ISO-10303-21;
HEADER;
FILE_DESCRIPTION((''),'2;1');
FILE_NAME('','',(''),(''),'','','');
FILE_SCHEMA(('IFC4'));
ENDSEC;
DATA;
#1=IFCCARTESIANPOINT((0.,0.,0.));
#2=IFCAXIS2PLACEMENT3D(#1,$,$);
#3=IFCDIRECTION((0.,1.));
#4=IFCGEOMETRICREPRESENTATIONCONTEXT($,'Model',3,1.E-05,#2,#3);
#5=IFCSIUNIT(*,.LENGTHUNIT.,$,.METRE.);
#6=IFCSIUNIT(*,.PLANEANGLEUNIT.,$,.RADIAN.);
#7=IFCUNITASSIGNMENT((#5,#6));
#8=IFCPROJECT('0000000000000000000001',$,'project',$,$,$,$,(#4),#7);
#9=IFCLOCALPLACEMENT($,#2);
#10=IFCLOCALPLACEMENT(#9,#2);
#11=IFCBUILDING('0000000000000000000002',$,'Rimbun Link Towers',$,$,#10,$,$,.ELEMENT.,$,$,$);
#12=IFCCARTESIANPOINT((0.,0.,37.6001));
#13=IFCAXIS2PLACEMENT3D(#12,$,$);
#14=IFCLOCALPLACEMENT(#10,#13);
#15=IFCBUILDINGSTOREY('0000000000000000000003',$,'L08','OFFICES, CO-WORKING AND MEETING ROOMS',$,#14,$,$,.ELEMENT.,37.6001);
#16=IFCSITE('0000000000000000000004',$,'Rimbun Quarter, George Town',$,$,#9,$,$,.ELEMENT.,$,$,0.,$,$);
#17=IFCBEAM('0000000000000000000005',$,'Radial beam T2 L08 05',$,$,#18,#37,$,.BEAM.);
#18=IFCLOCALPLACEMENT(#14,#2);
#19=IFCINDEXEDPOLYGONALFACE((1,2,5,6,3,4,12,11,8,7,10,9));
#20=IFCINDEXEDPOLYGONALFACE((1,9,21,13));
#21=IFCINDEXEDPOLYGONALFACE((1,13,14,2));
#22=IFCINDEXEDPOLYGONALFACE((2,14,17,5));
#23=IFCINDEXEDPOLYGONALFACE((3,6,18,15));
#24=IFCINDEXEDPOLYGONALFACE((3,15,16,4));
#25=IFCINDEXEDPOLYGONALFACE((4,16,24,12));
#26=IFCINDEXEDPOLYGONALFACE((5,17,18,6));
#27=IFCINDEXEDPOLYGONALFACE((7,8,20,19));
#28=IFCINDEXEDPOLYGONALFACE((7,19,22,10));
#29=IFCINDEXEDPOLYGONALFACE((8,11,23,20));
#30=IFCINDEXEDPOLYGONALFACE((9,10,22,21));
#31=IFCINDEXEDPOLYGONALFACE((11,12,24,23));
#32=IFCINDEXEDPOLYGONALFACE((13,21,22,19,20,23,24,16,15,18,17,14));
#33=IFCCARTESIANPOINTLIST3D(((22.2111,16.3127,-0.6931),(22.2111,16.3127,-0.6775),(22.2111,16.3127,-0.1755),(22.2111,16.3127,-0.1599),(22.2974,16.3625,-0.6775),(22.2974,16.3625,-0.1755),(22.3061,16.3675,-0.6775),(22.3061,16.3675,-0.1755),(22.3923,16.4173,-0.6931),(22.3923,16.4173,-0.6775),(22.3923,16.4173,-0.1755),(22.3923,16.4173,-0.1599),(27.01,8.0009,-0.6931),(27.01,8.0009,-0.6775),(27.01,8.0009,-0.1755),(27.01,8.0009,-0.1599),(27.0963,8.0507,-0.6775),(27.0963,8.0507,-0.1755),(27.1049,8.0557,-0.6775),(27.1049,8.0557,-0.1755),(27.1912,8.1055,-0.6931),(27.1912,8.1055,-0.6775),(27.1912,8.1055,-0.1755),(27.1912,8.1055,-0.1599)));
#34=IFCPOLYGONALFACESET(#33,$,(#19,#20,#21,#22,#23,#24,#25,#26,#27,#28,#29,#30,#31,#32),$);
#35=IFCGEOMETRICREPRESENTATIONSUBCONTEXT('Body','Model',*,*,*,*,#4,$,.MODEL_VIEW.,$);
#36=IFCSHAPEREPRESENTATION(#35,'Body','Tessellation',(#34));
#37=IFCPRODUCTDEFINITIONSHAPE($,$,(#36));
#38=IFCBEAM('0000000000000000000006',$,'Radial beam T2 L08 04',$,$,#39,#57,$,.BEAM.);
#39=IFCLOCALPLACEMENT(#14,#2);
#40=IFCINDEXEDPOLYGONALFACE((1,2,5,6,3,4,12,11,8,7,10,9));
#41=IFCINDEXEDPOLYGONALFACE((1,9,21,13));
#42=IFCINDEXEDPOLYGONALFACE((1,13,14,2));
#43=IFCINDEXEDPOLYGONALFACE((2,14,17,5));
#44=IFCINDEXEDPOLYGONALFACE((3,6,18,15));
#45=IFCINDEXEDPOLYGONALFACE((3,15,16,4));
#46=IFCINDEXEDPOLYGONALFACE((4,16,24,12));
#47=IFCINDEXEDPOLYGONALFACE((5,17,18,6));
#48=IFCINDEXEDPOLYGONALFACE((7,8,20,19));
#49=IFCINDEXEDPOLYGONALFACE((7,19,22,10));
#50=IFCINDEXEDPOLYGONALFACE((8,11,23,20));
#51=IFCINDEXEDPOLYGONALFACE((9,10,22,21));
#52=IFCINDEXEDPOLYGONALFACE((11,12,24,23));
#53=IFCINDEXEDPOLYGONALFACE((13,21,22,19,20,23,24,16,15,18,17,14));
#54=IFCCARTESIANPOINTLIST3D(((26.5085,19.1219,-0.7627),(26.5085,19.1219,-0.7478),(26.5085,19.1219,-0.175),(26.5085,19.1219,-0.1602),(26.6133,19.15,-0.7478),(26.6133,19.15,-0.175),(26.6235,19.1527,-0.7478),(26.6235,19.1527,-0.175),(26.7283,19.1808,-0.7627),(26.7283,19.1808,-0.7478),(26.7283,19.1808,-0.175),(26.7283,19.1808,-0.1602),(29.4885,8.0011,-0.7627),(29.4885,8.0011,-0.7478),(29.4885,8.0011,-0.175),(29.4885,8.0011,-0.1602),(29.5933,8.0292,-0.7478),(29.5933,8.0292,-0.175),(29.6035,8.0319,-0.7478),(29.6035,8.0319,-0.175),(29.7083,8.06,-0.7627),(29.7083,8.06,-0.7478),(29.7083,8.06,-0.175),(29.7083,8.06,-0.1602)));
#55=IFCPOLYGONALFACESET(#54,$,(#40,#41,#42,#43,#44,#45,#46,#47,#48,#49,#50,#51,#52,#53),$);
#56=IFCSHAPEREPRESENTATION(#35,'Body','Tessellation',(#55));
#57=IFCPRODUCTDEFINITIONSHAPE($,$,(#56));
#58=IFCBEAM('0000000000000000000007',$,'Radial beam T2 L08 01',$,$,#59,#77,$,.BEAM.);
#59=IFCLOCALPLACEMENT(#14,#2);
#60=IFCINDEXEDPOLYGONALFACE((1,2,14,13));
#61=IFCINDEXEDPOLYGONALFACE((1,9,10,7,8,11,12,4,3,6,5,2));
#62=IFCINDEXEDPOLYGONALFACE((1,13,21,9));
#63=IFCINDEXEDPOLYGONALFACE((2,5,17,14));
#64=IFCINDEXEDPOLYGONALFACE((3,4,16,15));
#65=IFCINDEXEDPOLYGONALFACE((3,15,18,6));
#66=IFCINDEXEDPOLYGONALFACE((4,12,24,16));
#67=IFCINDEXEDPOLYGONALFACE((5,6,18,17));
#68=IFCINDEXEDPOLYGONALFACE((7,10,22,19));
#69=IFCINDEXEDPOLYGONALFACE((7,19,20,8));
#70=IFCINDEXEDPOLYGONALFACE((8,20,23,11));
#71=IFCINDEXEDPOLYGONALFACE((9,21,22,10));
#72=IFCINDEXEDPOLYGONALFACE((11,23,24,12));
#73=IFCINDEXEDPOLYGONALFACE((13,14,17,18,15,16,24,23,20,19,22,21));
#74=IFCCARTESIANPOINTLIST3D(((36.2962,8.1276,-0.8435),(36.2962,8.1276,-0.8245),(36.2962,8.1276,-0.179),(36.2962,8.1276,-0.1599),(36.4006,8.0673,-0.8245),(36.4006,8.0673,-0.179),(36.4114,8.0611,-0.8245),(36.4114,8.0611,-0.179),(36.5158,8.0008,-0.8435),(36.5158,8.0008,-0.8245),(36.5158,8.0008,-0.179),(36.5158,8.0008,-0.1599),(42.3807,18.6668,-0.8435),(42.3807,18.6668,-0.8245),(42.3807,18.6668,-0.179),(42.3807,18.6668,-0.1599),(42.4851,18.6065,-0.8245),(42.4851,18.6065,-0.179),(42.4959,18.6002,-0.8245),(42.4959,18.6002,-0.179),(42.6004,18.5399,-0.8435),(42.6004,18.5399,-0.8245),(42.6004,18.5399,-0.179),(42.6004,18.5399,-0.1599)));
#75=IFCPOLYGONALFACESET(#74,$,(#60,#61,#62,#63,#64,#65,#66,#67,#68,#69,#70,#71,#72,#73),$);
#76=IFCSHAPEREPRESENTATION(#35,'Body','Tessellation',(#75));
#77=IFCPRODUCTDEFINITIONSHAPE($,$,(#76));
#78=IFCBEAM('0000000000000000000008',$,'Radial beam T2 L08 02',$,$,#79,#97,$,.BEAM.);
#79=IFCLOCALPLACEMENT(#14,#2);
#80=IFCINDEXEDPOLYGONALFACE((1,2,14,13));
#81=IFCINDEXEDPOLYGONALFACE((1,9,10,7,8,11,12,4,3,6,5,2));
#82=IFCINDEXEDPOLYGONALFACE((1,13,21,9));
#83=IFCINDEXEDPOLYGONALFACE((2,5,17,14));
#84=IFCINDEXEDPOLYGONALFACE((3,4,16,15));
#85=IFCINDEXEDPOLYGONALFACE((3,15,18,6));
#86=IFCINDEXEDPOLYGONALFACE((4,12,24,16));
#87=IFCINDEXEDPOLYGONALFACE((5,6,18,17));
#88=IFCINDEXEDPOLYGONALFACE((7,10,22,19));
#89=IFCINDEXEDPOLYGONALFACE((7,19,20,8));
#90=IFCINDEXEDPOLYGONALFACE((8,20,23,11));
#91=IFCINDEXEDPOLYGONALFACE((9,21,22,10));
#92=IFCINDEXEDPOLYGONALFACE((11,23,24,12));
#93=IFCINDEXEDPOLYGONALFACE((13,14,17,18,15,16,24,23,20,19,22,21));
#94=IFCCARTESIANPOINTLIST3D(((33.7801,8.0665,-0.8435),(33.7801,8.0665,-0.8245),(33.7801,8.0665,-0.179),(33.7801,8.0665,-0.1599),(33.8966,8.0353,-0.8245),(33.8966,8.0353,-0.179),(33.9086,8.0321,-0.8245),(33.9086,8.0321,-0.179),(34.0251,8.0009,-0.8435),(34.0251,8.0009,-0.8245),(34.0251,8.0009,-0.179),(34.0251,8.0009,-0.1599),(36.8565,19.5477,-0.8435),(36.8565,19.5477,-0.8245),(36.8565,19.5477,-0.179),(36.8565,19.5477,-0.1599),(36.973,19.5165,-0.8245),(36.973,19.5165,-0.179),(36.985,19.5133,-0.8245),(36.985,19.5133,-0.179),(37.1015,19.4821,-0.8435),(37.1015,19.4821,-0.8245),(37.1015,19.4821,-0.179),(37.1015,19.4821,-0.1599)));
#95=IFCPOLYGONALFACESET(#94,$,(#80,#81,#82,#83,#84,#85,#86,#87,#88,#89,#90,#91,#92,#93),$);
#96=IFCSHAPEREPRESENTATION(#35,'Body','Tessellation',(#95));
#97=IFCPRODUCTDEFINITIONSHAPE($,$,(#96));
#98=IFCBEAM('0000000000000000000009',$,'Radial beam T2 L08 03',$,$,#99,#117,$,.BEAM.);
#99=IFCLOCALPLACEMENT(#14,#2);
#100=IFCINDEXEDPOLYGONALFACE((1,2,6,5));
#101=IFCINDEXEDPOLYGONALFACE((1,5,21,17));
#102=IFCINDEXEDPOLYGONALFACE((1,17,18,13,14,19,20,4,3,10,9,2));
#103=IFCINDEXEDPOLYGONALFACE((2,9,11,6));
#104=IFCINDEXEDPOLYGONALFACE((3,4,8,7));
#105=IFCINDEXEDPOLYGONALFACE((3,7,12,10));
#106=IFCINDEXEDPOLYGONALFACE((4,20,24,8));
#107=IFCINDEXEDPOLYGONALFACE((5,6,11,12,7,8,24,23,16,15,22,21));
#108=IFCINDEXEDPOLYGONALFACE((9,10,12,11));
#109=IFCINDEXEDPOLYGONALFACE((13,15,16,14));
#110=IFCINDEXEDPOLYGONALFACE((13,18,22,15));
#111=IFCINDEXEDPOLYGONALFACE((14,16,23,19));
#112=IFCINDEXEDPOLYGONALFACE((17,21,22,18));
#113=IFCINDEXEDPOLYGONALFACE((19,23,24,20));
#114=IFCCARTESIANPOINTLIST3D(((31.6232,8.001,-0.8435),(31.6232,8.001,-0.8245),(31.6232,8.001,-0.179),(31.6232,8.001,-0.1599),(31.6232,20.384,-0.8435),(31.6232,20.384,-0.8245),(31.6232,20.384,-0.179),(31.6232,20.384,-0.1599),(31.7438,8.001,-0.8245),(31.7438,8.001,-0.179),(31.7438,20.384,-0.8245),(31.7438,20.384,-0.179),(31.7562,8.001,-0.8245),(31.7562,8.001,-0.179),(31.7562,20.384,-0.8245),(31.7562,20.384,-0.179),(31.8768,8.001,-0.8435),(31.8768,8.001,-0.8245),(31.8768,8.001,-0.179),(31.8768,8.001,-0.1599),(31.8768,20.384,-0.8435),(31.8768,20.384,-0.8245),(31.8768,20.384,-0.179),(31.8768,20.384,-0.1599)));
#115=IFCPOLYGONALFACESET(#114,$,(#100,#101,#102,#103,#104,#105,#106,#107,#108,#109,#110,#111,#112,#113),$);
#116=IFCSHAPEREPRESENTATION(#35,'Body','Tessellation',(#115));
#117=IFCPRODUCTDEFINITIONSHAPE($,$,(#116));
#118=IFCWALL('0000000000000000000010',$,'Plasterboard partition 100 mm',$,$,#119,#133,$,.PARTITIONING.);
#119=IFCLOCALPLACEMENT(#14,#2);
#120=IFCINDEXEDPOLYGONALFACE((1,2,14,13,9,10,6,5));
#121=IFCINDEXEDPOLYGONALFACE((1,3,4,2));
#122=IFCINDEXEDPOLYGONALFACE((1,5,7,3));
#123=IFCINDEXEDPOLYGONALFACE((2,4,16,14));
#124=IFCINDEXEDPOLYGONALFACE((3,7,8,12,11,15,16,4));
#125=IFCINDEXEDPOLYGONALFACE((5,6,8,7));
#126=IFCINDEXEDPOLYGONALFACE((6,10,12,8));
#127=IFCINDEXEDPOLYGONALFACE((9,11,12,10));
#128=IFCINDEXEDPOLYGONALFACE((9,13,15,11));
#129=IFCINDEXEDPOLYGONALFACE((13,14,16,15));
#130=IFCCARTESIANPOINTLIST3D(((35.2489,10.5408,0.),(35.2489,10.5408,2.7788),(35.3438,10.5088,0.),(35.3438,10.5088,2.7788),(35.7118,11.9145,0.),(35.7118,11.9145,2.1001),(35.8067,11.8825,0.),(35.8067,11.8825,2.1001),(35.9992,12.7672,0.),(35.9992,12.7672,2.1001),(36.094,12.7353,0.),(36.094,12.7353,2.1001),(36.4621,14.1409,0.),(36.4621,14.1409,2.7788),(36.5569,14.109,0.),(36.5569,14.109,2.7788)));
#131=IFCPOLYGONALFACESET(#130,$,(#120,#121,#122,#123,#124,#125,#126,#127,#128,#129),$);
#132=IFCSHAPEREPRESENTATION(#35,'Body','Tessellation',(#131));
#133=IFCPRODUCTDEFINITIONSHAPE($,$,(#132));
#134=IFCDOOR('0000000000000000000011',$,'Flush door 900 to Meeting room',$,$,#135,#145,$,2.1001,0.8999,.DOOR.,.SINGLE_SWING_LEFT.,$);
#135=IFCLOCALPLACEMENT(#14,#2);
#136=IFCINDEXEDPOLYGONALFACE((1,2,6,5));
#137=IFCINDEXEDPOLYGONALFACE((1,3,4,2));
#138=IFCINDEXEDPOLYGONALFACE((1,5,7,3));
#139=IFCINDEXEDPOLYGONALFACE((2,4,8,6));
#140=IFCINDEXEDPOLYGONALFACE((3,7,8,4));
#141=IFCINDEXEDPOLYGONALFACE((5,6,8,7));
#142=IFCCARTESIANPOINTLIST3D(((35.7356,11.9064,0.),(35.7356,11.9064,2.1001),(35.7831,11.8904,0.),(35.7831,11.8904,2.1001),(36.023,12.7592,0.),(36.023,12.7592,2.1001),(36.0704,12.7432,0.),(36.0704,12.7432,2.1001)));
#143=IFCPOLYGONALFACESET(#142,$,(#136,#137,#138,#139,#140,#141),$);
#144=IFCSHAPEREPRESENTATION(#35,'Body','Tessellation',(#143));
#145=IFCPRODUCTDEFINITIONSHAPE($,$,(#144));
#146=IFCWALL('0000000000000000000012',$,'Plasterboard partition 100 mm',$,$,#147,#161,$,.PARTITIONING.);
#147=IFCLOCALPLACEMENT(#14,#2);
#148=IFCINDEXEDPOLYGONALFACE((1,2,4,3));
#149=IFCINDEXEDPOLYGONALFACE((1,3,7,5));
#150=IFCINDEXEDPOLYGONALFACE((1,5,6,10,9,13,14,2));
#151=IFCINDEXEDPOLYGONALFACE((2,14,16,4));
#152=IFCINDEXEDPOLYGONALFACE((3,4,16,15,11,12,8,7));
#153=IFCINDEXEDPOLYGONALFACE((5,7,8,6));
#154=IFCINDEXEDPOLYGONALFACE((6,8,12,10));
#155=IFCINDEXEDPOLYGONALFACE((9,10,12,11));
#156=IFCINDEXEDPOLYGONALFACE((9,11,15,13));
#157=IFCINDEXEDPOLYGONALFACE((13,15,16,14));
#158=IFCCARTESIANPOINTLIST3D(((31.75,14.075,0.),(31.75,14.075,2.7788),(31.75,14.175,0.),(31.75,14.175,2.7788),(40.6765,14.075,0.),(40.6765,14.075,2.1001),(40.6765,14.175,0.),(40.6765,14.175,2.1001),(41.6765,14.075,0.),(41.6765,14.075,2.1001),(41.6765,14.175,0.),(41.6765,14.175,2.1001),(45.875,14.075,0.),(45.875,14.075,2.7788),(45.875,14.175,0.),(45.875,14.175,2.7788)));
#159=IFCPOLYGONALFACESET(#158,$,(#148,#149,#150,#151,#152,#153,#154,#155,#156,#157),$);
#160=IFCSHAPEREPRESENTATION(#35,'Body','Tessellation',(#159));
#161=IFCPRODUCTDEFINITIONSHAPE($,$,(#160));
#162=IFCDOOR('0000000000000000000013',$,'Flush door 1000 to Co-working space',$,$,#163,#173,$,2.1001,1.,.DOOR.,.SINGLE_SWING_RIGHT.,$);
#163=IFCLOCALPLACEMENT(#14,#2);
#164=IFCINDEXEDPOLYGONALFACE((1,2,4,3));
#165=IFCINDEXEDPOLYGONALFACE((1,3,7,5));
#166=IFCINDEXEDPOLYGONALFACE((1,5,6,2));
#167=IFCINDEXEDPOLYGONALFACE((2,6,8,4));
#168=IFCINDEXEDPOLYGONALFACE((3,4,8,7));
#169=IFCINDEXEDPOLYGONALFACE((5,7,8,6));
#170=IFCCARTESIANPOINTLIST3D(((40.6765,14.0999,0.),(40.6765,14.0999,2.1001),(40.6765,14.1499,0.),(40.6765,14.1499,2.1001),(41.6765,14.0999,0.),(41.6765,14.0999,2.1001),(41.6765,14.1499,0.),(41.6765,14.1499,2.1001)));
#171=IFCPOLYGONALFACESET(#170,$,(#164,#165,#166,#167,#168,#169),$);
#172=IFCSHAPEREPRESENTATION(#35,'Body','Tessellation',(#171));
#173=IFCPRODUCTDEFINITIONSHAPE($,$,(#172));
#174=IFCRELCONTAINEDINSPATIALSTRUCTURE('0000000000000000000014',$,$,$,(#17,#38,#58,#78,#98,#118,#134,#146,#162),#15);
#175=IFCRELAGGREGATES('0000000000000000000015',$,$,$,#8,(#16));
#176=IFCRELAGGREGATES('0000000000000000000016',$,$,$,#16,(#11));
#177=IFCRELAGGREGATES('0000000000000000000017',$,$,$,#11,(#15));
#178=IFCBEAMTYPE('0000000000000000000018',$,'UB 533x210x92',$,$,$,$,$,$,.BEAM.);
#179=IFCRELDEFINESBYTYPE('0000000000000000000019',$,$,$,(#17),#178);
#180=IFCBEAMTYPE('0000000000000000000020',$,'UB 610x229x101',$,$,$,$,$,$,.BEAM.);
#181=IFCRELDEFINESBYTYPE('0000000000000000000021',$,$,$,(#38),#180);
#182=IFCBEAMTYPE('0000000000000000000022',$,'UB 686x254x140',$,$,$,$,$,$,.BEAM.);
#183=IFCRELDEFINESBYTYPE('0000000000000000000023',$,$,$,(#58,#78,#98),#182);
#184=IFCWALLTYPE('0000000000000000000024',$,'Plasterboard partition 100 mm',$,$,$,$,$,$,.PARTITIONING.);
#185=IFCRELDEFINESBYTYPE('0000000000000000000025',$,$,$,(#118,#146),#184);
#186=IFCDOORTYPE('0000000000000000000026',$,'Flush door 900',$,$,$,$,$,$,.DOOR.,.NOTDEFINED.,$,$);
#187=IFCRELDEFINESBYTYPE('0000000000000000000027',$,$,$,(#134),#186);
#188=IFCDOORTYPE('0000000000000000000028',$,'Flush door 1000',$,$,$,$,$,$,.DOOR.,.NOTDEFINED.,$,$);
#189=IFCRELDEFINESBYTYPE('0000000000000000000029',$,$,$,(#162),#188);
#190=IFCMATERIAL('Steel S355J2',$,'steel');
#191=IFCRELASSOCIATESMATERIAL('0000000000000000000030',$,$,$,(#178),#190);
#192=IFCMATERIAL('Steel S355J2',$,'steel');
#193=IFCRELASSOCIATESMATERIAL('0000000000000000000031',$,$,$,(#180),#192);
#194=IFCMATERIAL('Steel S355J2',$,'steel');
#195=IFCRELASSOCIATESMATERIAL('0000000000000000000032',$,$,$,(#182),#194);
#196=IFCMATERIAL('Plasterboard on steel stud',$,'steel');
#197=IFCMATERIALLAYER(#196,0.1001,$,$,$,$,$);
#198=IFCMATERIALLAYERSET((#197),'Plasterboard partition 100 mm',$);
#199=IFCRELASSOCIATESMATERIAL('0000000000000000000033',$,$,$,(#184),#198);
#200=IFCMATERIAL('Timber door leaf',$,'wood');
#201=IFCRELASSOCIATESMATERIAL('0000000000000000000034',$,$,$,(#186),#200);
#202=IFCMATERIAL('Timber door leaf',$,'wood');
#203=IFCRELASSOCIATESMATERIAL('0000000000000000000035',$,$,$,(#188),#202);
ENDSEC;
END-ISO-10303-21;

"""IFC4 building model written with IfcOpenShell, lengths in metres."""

from ifc_helpers import new_model, si_unit, direction, frame, frame_2d, origin, origin_2d, place, context, subcontext, project, spatial, rectangle, i_section, extrude, material, layer, layer_set, material_profile, profile_set, type_object, element, fill, save


model = new_model("IFC4")

# Units and contexts
model_context = context("Model", 3, precision=1e-05, world=origin(), true_north=direction((0.0, 1.0)))
body_context = subcontext(model_context, "Body", "Model", "MODEL_VIEW")
ifc_project = project(units=[si_unit("LENGTHUNIT", "METRE"), si_unit("PLANEANGLEUNIT", "RADIAN")], contexts=[model_context])

# Site, building, storey
site_placement = place(None, origin())
site = spatial("IfcSite", under=ifc_project, at=site_placement, Name="Rimbun Quarter, George Town", CompositionType="ELEMENT", RefElevation=0.0)
building_placement = place(site_placement, origin())
building = spatial("IfcBuilding", under=site, at=building_placement, Name="Rimbun Link Towers", CompositionType="ELEMENT")
storey_placement = place(building_placement, frame((0.0, 0.0, 37.6001)))
storey = spatial("IfcBuildingStorey", under=building, at=storey_placement, Name="L08", Description="OFFICES, CO-WORKING AND MEETING ROOMS", CompositionType="ELEMENT", Elevation=37.6001)

# Beams
ifc_material_1 = material(Name="Steel S355J2", Category="steel")
ifc_material_profile_1 = material_profile(ifc_material_1, i_section(OverallWidth=0.2092, OverallDepth=0.5332, WebThickness=0.01, FlangeThickness=0.0156, at=origin_2d()), Name="UB 533x210x92")
ifc_profile_set_1 = profile_set([ifc_material_profile_1], Name="Steel S355J2")
beam_type_1 = type_object("IfcBeamType", Name="UB 533x210x92", PredefinedType="BEAM", material=ifc_profile_set_1)
beam_1_placement = place(storey_placement, frame((27.1006, 8.0532, -0.4265), z_axis=(-0.500002, 0.866024, 0.0), x_axis=(-0.866024, -0.500002, 0.0)))
element("IfcBeam", 1, at=beam_1_placement, inside=storey, type_object=beam_type_1, Name="Radial beam T2 L08 05", PredefinedType="BEAM", context=body_context, shape_type="SweptSolid", body=[
    extrude(i_section(OverallWidth=0.2092, OverallDepth=0.5332, WebThickness=0.01, FlangeThickness=0.0156, at=origin_2d()), origin(), (0.0, 0.0, 1.0), 9.5977),
])
ifc_material_2 = material(Name="Steel S355J2", Category="steel")
ifc_material_profile_2 = material_profile(ifc_material_2, i_section(OverallWidth=0.2275, OverallDepth=0.6025, WebThickness=0.0105, FlangeThickness=0.0149, at=origin_2d()), Name="UB 610x229x101")
ifc_profile_set_2 = profile_set([ifc_material_profile_2], Name="Steel S355J2")
beam_type_2 = type_object("IfcBeamType", Name="UB 610x229x101", PredefinedType="BEAM", material=ifc_profile_set_2)
beam_2_placement = place(storey_placement, frame((29.5984, 8.0305, -0.4614), z_axis=(-0.258832, 0.965922, 0.0), x_axis=(-0.965922, -0.258832, 0.0)))
element("IfcBeam", 2, at=beam_2_placement, inside=storey, type_object=beam_type_2, Name="Radial beam T2 L08 04", PredefinedType="BEAM", context=body_context, shape_type="SweptSolid", body=[
    extrude(i_section(OverallWidth=0.2275, OverallDepth=0.6025, WebThickness=0.0105, FlangeThickness=0.0149, at=origin_2d()), origin(), (0.0, 0.0, 1.0), 11.5132),
])
ifc_material_3 = material(Name="Steel S355J2", Category="steel")
ifc_material_profile_3 = material_profile(ifc_material_3, i_section(OverallWidth=0.2537, OverallDepth=0.6836, WebThickness=0.0125, FlangeThickness=0.019, at=origin_2d()), Name="UB 686x254x140")
ifc_profile_set_3 = profile_set([ifc_material_profile_3], Name="Steel S355J2")
beam_type_3 = type_object("IfcBeamType", Name="UB 686x254x140", PredefinedType="BEAM", material=ifc_profile_set_3)
beam_3_placement = place(storey_placement, frame((36.406, 8.0642, -0.5017), z_axis=(0.499984, 0.866035, 0.0), x_axis=(-0.866035, 0.499984, 0.0)))
element("IfcBeam", 3, at=beam_3_placement, inside=storey, type_object=beam_type_3, Name="Radial beam T2 L08 01", PredefinedType="BEAM", context=body_context, shape_type="SweptSolid", body=[
    extrude(i_section(OverallWidth=0.2537, OverallDepth=0.6836, WebThickness=0.0125, FlangeThickness=0.019, at=origin_2d()), origin(), (0.0, 0.0, 1.0), 12.1694),
])
beam_4_placement = place(storey_placement, frame((33.9026, 8.0337, -0.5017), z_axis=(0.258822, 0.965925, 0.0), x_axis=(-0.965925, 0.258822, 0.0)))
element("IfcBeam", 4, at=beam_4_placement, inside=storey, type_object=beam_type_3, Name="Radial beam T2 L08 02", PredefinedType="BEAM", context=body_context, shape_type="SweptSolid", body=[
    extrude(i_section(OverallWidth=0.2537, OverallDepth=0.6836, WebThickness=0.0125, FlangeThickness=0.019, at=origin_2d()), origin(), (0.0, 0.0, 1.0), 11.8862),
])
beam_5_placement = place(storey_placement, frame((31.75, 8.001, -0.5017), z_axis=(0.0, 1.0, 0.0), x_axis=(-1.0, 0.0, 0.0)))
element("IfcBeam", 5, at=beam_5_placement, inside=storey, type_object=beam_type_3, Name="Radial beam T2 L08 03", PredefinedType="BEAM", context=body_context, shape_type="SweptSolid", body=[
    extrude(i_section(OverallWidth=0.2537, OverallDepth=0.6836, WebThickness=0.0125, FlangeThickness=0.019, at=origin_2d()), origin(), (0.0, 0.0, 1.0), 12.3831),
])

# Walls, openings, doors
ifc_material_4 = material(Name="Plasterboard on steel stud", Category="steel")
ifc_layer_1 = layer(ifc_material_4, 0.1001)
ifc_layer_set_1 = layer_set([ifc_layer_1], Name="Plasterboard partition 100 mm")
wall_type_1 = type_object("IfcWallType", Name="Plasterboard partition 100 mm", PredefinedType="PARTITIONING", material=ifc_layer_set_1)
wall_1_placement = place(storey_placement, frame((35.2964, 10.5249, 0.0), z_axis=(0.0, 0.0, 1.0), x_axis=(0.31933, 0.947644, 0.0)))
wall_1 = element("IfcWall", 6, at=wall_1_placement, inside=storey, type_object=wall_type_1, Name="Plasterboard partition 100 mm", PredefinedType="PARTITIONING", context=body_context, shape_type="SweptSolid", body=[
    extrude(rectangle(XDim=3.7991, YDim=0.1001, at=frame_2d((1.8994, 0.0))), origin(), (0.0, 0.0, 1.0), 2.7788),
])
opening_1_placement = place(wall_1_placement, frame((1.4495, 0.0, 0.0)))
opening_1 = element("IfcOpeningElement", 7, at=opening_1_placement, cuts=wall_1, PredefinedType="OPENING", context=body_context, shape_type="SweptSolid", body=[
    extrude(rectangle(XDim=0.8999, YDim=2.1001, at=frame_2d((0.45, 1.05))), frame((0.0, 0.0601, 0.0), z_axis=(0.0, -1.0, 0.0), x_axis=(1.0, 0.0, 0.0)), (0.0, 0.0, 1.0), 0.1201),
])
ifc_material_5 = material(Name="Timber door leaf", Category="wood")
door_type_1 = type_object("IfcDoorType", Name="Flush door 900", OperationType="NOTDEFINED", PredefinedType="DOOR", material=ifc_material_5)
door_1_placement = place(opening_1_placement, origin())
door_1 = element("IfcDoor", 8, at=door_1_placement, inside=storey, type_object=door_type_1, Name="Flush door 900 to Meeting room", OperationType="SINGLE_SWING_LEFT", OverallHeight=2.1001, OverallWidth=0.8999, PredefinedType="DOOR", context=body_context, shape_type="SweptSolid", body=[
    extrude(rectangle(XDim=0.8999, YDim=2.1001, at=frame_2d((0.45, 1.05))), frame((0.0, 0.0249, 0.0), z_axis=(0.0, -1.0, 0.0), x_axis=(1.0, 0.0, 0.0)), (0.0, 0.0, 1.0), 0.05),
])
fill(opening_1, door_1)
wall_2_placement = place(storey_placement, frame((31.75, 14.125, 0.0), z_axis=(0.0, 0.0, 1.0), x_axis=(1.0, 0.0, 0.0)))
wall_2 = element("IfcWall", 9, at=wall_2_placement, inside=storey, type_object=wall_type_1, Name="Plasterboard partition 100 mm", PredefinedType="PARTITIONING", context=body_context, shape_type="SweptSolid", body=[
    extrude(rectangle(XDim=14.125, YDim=0.1001, at=frame_2d((7.0625, 0.0))), origin(), (0.0, 0.0, 1.0), 2.7788),
])
opening_2_placement = place(wall_2_placement, frame((8.9265, 0.0, 0.0)))
opening_2 = element("IfcOpeningElement", 10, at=opening_2_placement, cuts=wall_2, PredefinedType="OPENING", context=body_context, shape_type="SweptSolid", body=[
    extrude(rectangle(XDim=1.0, YDim=2.1001, at=frame_2d((0.5, 1.05))), frame((0.0, 0.0601, 0.0), z_axis=(0.0, -1.0, 0.0), x_axis=(1.0, 0.0, 0.0)), (0.0, 0.0, 1.0), 0.1201),
])
ifc_material_6 = material(Name="Timber door leaf", Category="wood")
door_type_2 = type_object("IfcDoorType", Name="Flush door 1000", OperationType="NOTDEFINED", PredefinedType="DOOR", material=ifc_material_6)
door_2_placement = place(opening_2_placement, origin())
door_2 = element("IfcDoor", 11, at=door_2_placement, inside=storey, type_object=door_type_2, Name="Flush door 1000 to Co-working space", OperationType="SINGLE_SWING_RIGHT", OverallHeight=2.1001, OverallWidth=1.0, PredefinedType="DOOR", context=body_context, shape_type="SweptSolid", body=[
    extrude(rectangle(XDim=1.0, YDim=2.1001, at=frame_2d((0.5, 1.05))), frame((0.0, 0.0249, 0.0), z_axis=(0.0, -1.0, 0.0), x_axis=(1.0, 0.0, 0.0)), (0.0, 0.0, 1.0), 0.05),
])
fill(opening_2, door_2)

save(model, "model.ifc")
